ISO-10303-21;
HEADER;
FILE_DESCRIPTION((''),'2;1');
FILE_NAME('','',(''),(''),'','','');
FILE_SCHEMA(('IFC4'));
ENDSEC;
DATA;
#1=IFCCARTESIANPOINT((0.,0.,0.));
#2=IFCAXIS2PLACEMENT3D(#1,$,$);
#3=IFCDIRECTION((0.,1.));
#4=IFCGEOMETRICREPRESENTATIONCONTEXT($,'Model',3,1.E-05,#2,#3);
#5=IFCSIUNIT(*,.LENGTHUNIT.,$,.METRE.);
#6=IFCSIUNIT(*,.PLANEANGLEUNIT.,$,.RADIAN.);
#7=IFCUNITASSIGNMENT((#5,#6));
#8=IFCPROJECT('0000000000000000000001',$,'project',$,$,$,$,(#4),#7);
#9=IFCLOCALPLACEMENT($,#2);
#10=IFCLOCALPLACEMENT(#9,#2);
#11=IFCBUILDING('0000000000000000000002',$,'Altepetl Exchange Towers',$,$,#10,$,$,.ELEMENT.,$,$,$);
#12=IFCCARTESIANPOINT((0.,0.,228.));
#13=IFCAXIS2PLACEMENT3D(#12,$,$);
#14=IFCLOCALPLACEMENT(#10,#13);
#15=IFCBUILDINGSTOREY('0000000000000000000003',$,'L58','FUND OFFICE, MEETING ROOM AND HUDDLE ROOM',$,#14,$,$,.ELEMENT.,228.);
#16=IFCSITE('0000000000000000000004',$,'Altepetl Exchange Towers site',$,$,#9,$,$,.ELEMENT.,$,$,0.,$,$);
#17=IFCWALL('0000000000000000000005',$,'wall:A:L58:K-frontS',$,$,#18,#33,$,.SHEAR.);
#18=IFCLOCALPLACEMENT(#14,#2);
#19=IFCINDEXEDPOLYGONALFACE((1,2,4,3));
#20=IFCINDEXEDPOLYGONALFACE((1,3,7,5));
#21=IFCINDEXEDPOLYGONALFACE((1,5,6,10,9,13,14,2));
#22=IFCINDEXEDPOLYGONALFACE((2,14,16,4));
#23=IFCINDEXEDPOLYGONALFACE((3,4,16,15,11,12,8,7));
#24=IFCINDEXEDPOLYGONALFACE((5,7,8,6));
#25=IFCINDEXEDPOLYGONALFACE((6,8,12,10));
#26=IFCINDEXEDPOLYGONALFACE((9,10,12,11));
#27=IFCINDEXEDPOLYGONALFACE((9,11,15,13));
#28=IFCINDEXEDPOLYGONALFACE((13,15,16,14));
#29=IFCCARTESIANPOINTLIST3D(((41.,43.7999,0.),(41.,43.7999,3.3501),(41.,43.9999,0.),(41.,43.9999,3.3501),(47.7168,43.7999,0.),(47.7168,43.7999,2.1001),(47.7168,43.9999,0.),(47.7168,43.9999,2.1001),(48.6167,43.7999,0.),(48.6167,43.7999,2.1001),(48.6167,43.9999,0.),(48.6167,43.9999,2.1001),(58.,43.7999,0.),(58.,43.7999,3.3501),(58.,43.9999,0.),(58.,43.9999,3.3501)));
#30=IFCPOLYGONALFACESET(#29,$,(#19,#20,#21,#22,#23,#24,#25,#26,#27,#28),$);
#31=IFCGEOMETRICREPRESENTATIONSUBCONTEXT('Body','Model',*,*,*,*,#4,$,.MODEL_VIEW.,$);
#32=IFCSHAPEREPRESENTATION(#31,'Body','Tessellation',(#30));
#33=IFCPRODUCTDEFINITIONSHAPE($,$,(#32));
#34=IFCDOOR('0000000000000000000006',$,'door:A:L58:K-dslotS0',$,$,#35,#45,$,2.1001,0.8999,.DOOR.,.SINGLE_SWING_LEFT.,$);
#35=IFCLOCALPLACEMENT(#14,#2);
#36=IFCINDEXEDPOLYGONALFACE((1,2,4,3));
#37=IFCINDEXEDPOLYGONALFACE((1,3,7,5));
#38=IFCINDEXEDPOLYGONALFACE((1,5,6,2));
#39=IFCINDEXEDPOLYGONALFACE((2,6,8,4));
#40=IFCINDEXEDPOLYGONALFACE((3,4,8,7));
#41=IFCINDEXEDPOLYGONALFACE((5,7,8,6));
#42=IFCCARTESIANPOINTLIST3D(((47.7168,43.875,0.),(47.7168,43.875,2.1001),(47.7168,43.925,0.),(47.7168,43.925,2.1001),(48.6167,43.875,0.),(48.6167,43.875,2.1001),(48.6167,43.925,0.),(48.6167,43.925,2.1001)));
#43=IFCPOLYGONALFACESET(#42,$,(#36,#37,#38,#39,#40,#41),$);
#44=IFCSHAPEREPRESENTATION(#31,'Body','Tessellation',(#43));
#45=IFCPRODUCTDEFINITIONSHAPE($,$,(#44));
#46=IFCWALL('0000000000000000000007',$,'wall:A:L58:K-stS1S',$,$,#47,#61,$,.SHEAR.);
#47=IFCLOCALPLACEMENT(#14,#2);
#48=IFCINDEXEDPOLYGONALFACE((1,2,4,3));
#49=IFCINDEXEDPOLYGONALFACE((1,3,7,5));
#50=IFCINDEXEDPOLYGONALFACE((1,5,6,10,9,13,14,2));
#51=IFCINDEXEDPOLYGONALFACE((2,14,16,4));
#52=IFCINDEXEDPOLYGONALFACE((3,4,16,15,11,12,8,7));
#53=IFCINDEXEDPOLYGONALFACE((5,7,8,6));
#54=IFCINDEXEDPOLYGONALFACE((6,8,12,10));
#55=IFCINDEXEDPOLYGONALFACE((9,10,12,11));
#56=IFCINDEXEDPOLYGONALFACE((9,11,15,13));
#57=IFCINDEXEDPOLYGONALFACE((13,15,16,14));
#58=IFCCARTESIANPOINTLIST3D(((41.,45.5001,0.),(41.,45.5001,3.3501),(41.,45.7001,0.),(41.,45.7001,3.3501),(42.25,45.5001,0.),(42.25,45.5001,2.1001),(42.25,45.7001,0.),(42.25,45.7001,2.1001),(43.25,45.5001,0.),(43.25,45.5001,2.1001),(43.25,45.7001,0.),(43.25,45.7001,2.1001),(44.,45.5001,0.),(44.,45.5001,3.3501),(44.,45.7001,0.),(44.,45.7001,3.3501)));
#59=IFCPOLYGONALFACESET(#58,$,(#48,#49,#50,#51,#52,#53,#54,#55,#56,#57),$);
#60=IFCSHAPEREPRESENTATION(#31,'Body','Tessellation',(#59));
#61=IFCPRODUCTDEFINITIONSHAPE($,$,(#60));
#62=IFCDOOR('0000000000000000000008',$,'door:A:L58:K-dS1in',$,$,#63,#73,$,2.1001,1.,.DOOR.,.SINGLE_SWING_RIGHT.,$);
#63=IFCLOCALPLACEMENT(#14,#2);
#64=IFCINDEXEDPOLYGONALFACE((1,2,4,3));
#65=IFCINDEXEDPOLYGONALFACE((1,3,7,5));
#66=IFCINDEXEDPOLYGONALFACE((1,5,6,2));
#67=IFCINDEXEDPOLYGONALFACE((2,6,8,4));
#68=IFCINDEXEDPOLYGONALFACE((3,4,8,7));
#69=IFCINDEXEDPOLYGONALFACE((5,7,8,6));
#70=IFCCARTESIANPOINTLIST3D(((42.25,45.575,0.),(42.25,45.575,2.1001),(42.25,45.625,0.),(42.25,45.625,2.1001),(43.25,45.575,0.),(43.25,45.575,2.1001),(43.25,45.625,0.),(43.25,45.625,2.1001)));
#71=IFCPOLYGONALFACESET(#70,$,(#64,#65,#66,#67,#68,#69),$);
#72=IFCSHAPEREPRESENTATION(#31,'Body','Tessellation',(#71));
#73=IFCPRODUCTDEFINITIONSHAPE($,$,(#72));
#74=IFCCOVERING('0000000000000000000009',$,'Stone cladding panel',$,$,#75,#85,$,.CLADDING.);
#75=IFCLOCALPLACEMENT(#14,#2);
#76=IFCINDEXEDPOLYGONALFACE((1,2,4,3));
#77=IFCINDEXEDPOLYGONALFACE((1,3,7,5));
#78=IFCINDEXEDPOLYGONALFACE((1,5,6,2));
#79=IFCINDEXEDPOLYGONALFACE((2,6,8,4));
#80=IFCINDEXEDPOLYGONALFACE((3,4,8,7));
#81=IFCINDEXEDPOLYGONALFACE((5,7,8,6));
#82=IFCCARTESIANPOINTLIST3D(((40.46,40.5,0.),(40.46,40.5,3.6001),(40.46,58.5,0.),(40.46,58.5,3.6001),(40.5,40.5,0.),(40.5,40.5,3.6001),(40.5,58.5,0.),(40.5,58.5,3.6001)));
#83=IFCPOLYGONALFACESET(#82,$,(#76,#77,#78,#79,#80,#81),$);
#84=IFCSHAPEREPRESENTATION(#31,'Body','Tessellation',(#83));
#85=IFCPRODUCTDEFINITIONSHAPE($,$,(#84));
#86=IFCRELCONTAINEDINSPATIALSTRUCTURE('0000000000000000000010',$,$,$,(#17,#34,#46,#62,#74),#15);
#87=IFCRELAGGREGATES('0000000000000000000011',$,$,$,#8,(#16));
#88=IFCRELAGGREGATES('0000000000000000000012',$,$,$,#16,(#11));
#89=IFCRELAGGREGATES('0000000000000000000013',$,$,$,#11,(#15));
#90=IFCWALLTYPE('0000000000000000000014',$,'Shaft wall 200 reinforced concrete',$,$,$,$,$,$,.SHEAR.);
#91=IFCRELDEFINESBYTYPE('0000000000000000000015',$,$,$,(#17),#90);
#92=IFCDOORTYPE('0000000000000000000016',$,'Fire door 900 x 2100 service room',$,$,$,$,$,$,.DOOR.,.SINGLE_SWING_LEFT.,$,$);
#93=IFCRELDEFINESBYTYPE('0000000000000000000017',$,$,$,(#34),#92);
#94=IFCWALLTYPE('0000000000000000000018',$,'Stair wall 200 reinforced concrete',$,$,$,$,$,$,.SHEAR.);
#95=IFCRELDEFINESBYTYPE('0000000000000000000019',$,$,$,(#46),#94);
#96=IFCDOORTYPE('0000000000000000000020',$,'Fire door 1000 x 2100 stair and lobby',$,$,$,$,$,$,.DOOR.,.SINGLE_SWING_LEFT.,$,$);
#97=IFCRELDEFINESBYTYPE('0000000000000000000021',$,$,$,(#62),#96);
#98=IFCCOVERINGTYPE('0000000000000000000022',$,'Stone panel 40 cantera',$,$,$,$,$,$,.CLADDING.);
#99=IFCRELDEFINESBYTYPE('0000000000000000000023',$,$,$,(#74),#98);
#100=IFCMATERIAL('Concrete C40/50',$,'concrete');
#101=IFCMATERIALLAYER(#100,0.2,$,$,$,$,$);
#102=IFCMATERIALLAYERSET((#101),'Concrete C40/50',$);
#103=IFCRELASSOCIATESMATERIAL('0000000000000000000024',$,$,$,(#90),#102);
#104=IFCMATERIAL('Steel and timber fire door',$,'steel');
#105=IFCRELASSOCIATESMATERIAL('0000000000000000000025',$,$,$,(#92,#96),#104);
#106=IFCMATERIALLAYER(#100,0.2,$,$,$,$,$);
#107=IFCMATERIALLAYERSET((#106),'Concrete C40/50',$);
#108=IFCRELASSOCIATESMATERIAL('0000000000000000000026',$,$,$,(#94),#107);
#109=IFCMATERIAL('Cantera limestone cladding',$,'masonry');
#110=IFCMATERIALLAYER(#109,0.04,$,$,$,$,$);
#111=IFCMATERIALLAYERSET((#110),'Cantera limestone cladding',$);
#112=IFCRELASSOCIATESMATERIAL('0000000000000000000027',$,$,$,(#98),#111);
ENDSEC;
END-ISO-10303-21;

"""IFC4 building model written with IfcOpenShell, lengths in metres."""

from ifc_helpers import new_model, si_unit, direction, frame, frame_2d, origin, origin_2d, place, context, subcontext, project, spatial, rectangle, extrude, material, layer, layer_set, type_object, element, fill, save


model = new_model("IFC4")

# Units and contexts
model_context = context("Model", 3, precision=1e-05, world=origin(), true_north=direction((0.0, 1.0)))
body_context = subcontext(model_context, "Body", "Model", "MODEL_VIEW")
ifc_project = project(units=[si_unit("LENGTHUNIT", "METRE"), si_unit("PLANEANGLEUNIT", "RADIAN")], contexts=[model_context])

# Site, building, storey
site_placement = place(None, origin())
site = spatial("IfcSite", under=ifc_project, at=site_placement, Name="Altepetl Exchange Towers site", CompositionType="ELEMENT", RefElevation=0.0)
building_placement = place(site_placement, origin())
building = spatial("IfcBuilding", under=site, at=building_placement, Name="Altepetl Exchange Towers", CompositionType="ELEMENT")
storey_placement = place(building_placement, frame((0.0, 0.0, 228.0)))
storey = spatial("IfcBuildingStorey", under=building, at=storey_placement, Name="L58", Description="FUND OFFICE, MEETING ROOM AND HUDDLE ROOM", CompositionType="ELEMENT", Elevation=228.0)

# Walls, openings, doors
ifc_material_1 = material(Name="Concrete C40/50", Category="concrete")
ifc_layer_1 = layer(ifc_material_1, 0.2)
ifc_layer_set_1 = layer_set([ifc_layer_1], Name="Concrete C40/50")
wall_type_1 = type_object("IfcWallType", Name="Shaft wall 200 reinforced concrete", PredefinedType="SHEAR", material=ifc_layer_set_1)
wall_1_placement = place(storey_placement, frame((41.0, 43.8999, 0.0)))
wall_1 = element("IfcWall", 1, at=wall_1_placement, inside=storey, type_object=wall_type_1, Name="wall:A:L58:K-frontS", PredefinedType="SHEAR", context=body_context, shape_type="SweptSolid", body=[
    extrude(rectangle(XDim=17.0, YDim=0.2, at=frame_2d((8.5, 0.0))), origin(), (0.0, 0.0, 1.0), 3.3501),
])
opening_1_placement = place(wall_1_placement, frame((6.7168, 0.0, 0.0)))
opening_1 = element("IfcOpeningElement", 2, at=opening_1_placement, cuts=wall_1, PredefinedType="OPENING", context=body_context, shape_type="SweptSolid", body=[
    extrude(rectangle(XDim=0.8999, YDim=2.1001, at=frame_2d((0.45, 1.05))), frame((0.0, 0.1099, 0.0), z_axis=(0.0, -1.0, 0.0), x_axis=(1.0, 0.0, 0.0)), (0.0, 0.0, 1.0), 0.22),
])
ifc_material_2 = material(Name="Steel and timber fire door", Category="steel")
door_type_1 = type_object("IfcDoorType", Name="Fire door 900 x 2100 service room", OperationType="SINGLE_SWING_LEFT", PredefinedType="DOOR", material=ifc_material_2)
door_1_placement = place(opening_1_placement, frame((0.8999, 0.0, 0.0), x_axis=(-1.0, 0.0, 0.0)))
door_1 = element("IfcDoor", 3, at=door_1_placement, inside=storey, type_object=door_type_1, Name="door:A:L58:K-dslotS0", OperationType="SINGLE_SWING_LEFT", OverallHeight=2.1001, OverallWidth=0.8999, PredefinedType="DOOR", context=body_context, shape_type="SweptSolid", body=[
    extrude(rectangle(XDim=0.8999, YDim=2.1001, at=frame_2d((0.45, 1.05))), frame((0.0, 0.0249, 0.0), z_axis=(0.0, -1.0, 0.0), x_axis=(1.0, 0.0, 0.0)), (0.0, 0.0, 1.0), 0.05),
])
fill(opening_1, door_1)
ifc_layer_2 = layer(ifc_material_1, 0.2)
ifc_layer_set_2 = layer_set([ifc_layer_2], Name="Concrete C40/50")
wall_type_2 = type_object("IfcWallType", Name="Stair wall 200 reinforced concrete", PredefinedType="SHEAR", material=ifc_layer_set_2)
wall_2_placement = place(storey_placement, frame((41.0, 45.6001, 0.0)))
wall_2 = element("IfcWall", 4, at=wall_2_placement, inside=storey, type_object=wall_type_2, Name="wall:A:L58:K-stS1S", PredefinedType="SHEAR", context=body_context, shape_type="SweptSolid", body=[
    extrude(rectangle(XDim=3.0, YDim=0.2, at=frame_2d((1.5, 0.0))), origin(), (0.0, 0.0, 1.0), 3.3501),
])
opening_2_placement = place(wall_2_placement, frame((1.25, 0.0, 0.0)))
opening_2 = element("IfcOpeningElement", 5, at=opening_2_placement, cuts=wall_2, PredefinedType="OPENING", context=body_context, shape_type="SweptSolid", body=[
    extrude(rectangle(XDim=1.0, YDim=2.1001, at=frame_2d((0.5, 1.05))), frame((0.0, 0.1099, 0.0), z_axis=(0.0, -1.0, 0.0), x_axis=(1.0, 0.0, 0.0)), (0.0, 0.0, 1.0), 0.22),
])
door_type_2 = type_object("IfcDoorType", Name="Fire door 1000 x 2100 stair and lobby", OperationType="SINGLE_SWING_LEFT", PredefinedType="DOOR", material=ifc_material_2)
door_2_placement = place(opening_2_placement, origin())
door_2 = element("IfcDoor", 6, at=door_2_placement, inside=storey, type_object=door_type_2, Name="door:A:L58:K-dS1in", OperationType="SINGLE_SWING_RIGHT", OverallHeight=2.1001, OverallWidth=1.0, PredefinedType="DOOR", context=body_context, shape_type="SweptSolid", body=[
    extrude(rectangle(XDim=1.0, YDim=2.1001, at=frame_2d((0.5, 1.05))), frame((0.0, 0.0249, 0.0), z_axis=(0.0, -1.0, 0.0), x_axis=(1.0, 0.0, 0.0)), (0.0, 0.0, 1.0), 0.05),
])
fill(opening_2, door_2)

# Covering
ifc_material_3 = material(Name="Cantera limestone cladding", Category="masonry")
ifc_layer_3 = layer(ifc_material_3, 0.04)
ifc_layer_set_3 = layer_set([ifc_layer_3], Name="Cantera limestone cladding")
covering_type = type_object("IfcCoveringType", Name="Stone panel 40 cantera", PredefinedType="CLADDING", material=ifc_layer_set_3)
covering_placement = place(storey_placement, frame((40.48, 49.5, 0.0), z_axis=(0.0, 0.0, 1.0), x_axis=(0.0, -1.0, 0.0)))
element("IfcCovering", 7, at=covering_placement, inside=storey, type_object=covering_type, Name="Stone cladding panel", PredefinedType="CLADDING", context=body_context, shape_type="SweptSolid", body=[
    extrude(rectangle(XDim=18.0, YDim=0.04, at=origin_2d()), origin(), (0.0, 0.0, 1.0), 3.6001),
])

save(model, "model.ifc")
